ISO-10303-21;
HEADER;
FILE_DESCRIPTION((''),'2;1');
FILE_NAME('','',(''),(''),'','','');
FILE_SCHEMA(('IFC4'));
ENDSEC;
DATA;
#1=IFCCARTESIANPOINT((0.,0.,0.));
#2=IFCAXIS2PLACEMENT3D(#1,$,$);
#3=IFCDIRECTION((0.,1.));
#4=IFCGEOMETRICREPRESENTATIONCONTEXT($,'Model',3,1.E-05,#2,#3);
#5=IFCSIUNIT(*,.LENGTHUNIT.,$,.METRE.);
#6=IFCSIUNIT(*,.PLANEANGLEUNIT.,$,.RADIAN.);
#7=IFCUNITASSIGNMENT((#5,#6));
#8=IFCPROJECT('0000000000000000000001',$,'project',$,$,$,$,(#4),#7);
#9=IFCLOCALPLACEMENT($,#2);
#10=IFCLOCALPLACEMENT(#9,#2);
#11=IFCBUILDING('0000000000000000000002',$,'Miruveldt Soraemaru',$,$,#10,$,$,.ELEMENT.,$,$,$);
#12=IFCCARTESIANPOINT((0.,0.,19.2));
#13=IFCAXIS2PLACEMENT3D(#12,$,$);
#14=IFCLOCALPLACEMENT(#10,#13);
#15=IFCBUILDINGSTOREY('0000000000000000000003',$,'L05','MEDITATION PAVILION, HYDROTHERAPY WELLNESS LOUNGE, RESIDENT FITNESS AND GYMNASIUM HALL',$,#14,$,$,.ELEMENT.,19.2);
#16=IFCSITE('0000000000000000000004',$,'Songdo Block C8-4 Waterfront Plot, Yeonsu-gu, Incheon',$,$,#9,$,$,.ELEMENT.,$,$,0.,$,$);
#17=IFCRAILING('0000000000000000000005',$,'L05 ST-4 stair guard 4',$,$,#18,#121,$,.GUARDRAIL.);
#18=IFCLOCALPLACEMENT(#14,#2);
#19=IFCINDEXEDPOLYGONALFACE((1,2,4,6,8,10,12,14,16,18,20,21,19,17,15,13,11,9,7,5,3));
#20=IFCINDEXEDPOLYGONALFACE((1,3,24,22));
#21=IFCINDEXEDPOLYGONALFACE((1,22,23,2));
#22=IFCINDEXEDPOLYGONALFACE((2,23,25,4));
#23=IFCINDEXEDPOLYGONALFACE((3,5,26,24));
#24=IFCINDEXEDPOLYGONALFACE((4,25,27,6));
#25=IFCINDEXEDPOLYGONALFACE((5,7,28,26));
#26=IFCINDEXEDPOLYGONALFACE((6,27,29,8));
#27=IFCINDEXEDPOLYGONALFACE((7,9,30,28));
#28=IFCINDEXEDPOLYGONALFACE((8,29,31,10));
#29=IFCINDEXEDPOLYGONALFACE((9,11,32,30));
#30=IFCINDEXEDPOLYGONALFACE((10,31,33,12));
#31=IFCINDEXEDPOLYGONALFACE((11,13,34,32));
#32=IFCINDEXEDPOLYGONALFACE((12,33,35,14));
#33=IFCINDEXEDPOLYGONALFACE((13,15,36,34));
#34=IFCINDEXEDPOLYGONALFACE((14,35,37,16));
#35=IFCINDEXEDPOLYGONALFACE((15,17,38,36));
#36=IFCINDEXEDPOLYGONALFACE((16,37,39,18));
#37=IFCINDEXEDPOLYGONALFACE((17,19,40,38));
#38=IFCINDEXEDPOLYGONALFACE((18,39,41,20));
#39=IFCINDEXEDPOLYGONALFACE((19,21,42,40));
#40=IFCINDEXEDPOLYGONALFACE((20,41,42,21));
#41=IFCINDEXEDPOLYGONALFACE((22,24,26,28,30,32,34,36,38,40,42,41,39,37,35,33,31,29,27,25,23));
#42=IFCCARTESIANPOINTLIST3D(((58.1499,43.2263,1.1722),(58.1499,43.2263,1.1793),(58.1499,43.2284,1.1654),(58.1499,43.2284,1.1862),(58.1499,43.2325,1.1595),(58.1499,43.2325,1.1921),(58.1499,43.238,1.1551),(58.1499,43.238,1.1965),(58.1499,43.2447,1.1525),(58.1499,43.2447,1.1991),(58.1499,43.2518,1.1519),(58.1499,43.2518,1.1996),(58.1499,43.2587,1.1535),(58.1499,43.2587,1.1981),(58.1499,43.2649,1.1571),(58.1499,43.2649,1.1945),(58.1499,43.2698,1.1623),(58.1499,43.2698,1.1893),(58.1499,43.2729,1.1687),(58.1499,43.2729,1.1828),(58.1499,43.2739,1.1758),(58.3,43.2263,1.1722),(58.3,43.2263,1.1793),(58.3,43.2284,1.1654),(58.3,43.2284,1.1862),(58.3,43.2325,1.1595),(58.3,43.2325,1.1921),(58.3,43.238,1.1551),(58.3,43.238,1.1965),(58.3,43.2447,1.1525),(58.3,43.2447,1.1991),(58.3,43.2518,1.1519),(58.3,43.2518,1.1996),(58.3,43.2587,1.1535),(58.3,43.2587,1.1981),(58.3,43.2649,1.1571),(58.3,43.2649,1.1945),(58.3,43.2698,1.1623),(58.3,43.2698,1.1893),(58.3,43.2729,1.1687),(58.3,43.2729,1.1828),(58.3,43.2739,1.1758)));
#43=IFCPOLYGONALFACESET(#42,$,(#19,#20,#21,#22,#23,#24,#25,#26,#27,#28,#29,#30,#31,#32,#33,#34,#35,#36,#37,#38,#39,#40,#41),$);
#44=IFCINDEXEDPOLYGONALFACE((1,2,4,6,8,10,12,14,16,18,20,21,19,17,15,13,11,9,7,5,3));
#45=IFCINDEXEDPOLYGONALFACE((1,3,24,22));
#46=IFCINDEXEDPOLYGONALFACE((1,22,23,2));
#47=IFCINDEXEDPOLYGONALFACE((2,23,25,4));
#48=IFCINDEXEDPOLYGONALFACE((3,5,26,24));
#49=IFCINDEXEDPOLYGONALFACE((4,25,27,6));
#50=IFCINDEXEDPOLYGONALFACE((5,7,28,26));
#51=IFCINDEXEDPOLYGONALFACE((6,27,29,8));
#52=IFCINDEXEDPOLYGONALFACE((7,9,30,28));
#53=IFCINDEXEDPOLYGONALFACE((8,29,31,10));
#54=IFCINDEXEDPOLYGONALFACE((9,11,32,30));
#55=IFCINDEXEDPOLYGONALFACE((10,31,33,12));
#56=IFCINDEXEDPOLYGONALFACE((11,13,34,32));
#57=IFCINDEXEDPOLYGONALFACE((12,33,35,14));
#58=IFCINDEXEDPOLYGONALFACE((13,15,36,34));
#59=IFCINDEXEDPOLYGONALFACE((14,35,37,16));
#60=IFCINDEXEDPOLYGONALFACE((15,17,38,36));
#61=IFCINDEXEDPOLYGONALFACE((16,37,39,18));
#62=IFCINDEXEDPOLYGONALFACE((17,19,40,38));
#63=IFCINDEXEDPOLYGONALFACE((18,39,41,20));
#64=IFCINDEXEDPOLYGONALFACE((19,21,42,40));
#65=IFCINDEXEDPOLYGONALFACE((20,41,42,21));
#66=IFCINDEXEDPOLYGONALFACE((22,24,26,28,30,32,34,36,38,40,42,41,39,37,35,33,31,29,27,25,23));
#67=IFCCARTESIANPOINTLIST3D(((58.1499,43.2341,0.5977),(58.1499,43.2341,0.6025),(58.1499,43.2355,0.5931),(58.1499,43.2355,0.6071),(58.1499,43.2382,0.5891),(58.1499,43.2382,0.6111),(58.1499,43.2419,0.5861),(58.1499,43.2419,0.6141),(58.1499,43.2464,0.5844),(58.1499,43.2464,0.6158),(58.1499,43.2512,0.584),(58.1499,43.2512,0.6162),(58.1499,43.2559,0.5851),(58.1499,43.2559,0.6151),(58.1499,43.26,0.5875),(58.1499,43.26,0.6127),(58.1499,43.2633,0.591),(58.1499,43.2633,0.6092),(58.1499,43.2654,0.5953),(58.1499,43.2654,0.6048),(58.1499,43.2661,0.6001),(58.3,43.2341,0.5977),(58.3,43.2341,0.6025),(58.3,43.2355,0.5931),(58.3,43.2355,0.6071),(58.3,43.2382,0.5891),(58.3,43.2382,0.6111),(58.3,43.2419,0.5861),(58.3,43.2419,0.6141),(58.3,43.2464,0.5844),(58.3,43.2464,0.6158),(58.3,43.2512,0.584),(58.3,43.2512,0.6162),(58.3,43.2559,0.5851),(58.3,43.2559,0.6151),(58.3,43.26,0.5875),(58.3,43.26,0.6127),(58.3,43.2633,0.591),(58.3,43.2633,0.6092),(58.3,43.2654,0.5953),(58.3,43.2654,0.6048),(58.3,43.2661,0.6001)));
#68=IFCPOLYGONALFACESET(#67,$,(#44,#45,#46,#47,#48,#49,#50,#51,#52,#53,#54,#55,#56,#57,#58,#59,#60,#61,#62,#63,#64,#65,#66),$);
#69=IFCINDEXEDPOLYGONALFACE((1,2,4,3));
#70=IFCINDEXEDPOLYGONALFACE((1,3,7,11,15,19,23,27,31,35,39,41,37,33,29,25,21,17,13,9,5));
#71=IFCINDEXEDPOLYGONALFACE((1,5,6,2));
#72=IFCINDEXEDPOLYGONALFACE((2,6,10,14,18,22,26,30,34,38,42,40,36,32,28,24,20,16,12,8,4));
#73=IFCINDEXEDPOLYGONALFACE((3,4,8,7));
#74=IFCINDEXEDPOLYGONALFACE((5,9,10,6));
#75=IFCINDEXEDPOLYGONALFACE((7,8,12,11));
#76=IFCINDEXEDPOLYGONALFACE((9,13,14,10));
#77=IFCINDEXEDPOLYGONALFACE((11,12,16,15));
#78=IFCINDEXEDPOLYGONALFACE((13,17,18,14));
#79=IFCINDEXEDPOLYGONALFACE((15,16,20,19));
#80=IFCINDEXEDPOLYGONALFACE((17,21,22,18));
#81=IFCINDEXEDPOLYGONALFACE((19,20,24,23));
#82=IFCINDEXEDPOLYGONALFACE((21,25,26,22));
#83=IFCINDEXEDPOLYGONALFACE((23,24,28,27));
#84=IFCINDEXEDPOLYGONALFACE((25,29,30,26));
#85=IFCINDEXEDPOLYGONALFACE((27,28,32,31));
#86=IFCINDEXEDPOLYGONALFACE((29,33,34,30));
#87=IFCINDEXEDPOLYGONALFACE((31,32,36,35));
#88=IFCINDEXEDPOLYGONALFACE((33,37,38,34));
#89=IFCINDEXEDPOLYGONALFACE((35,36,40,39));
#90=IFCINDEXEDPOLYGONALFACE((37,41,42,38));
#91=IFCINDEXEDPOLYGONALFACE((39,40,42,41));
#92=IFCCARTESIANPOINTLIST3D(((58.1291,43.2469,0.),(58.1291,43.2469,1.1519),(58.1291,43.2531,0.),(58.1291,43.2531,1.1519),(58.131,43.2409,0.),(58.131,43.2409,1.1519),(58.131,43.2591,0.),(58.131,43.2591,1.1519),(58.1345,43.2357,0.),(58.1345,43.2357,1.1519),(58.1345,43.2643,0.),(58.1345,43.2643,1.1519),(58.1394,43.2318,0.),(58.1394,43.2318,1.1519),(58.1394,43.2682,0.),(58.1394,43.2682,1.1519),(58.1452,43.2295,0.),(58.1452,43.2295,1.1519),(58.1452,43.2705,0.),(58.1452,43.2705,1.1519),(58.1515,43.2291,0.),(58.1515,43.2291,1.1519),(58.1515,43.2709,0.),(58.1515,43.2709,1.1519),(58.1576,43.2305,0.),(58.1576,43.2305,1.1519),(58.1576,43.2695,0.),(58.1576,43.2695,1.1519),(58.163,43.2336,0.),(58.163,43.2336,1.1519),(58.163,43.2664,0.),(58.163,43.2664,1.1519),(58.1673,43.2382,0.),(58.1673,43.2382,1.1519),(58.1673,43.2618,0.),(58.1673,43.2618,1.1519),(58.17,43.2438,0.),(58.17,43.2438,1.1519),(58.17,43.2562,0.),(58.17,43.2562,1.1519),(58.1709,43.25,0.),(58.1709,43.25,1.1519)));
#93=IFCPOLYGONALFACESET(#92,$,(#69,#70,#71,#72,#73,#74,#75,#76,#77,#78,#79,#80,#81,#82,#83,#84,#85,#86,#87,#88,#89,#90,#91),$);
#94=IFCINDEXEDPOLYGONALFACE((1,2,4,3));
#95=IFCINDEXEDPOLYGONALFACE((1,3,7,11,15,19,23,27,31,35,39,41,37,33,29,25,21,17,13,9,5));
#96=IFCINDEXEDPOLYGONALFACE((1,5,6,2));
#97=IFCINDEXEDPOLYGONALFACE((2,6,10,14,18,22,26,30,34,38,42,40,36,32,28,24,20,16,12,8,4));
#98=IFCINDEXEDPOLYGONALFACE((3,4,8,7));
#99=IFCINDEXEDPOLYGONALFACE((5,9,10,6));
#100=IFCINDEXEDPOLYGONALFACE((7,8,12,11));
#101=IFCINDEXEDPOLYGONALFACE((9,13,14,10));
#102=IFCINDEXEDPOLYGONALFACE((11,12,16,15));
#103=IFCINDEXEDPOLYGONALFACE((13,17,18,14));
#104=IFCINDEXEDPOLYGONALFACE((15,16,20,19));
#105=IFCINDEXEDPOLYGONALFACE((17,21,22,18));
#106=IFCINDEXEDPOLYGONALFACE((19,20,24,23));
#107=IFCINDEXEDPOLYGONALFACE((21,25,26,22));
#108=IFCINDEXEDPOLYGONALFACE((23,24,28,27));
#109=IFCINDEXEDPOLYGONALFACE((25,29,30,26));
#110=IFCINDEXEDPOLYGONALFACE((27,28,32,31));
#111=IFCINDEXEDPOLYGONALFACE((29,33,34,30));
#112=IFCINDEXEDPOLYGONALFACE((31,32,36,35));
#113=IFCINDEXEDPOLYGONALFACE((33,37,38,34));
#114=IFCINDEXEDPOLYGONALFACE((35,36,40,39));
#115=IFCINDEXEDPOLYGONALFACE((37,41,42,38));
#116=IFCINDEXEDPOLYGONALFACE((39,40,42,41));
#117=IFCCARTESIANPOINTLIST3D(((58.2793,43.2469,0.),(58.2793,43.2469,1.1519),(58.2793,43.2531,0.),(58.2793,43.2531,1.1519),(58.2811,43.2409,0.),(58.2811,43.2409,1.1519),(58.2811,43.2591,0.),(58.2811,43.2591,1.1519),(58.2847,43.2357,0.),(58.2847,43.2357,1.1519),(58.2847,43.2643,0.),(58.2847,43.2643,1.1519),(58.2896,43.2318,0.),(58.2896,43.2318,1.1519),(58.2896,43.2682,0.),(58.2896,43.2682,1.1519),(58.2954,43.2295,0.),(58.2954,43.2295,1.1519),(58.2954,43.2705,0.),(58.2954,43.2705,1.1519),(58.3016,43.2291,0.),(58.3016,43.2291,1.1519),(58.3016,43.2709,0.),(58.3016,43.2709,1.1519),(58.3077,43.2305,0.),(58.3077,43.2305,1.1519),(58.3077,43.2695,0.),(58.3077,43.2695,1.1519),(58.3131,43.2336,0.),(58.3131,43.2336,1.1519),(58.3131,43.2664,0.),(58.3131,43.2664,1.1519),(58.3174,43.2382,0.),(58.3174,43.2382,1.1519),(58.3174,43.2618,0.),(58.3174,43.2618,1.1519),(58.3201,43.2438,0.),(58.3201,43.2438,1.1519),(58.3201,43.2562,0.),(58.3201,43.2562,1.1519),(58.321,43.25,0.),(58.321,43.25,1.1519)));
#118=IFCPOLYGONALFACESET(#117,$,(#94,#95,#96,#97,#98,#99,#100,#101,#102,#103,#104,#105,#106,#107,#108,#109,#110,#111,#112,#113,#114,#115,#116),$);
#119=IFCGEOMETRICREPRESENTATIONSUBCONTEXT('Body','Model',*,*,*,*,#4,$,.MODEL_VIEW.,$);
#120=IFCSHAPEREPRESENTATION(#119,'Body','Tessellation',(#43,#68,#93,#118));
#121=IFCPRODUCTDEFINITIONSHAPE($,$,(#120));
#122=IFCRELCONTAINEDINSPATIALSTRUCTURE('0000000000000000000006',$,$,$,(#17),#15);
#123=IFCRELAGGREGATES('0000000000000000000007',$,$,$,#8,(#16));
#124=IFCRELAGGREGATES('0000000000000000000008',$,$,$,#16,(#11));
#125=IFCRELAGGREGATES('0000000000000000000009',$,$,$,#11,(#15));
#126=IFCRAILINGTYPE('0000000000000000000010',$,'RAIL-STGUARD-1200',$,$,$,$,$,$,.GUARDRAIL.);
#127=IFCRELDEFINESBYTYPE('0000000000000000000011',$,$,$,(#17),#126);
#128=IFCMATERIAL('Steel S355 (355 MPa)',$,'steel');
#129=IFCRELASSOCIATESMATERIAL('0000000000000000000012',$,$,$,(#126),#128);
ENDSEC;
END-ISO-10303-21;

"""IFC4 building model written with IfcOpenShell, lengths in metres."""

from ifc_helpers import new_model, si_unit, direction, frame, origin, origin_2d, place, context, subcontext, project, spatial, circle, extrude, material, type_object, element, save


model = new_model("IFC4")

# Units and contexts
model_context = context("Model", 3, precision=1e-05, world=origin(), true_north=direction((0.0, 1.0)))
body_context = subcontext(model_context, "Body", "Model", "MODEL_VIEW")
ifc_project = project(units=[si_unit("LENGTHUNIT", "METRE"), si_unit("PLANEANGLEUNIT", "RADIAN")], contexts=[model_context])

# Site, building, storey
site_placement = place(None, origin())
site = spatial("IfcSite", under=ifc_project, at=site_placement, Name="Songdo Block C8-4 Waterfront Plot, Yeonsu-gu, Incheon", CompositionType="ELEMENT", RefElevation=0.0)
building_placement = place(site_placement, origin())
building = spatial("IfcBuilding", under=site, at=building_placement, Name="Miruveldt Soraemaru", CompositionType="ELEMENT")
storey_placement = place(building_placement, frame((0.0, 0.0, 19.2)))
storey = spatial("IfcBuildingStorey", under=building, at=storey_placement, Name="L05", Description="MEDITATION PAVILION, HYDROTHERAPY WELLNESS LOUNGE, RESIDENT FITNESS AND GYMNASIUM HALL", CompositionType="ELEMENT", Elevation=19.2)

# Shared definitions
ifc_material_1 = material(Name="Steel S355 (355 MPa)", Category="steel")

# Railing
railing_type_1 = type_object("IfcRailingType", Name="RAIL-STGUARD-1200", PredefinedType="GUARDRAIL", material=ifc_material_1)
railing_1_placement = place(storey_placement, frame((58.1499, 43.25, 0.0)))
element("IfcRailing", 1, at=railing_1_placement, inside=storey, type_object=railing_type_1, Name="L05 ST-4 stair guard 4", PredefinedType="GUARDRAIL", context=body_context, shape_type="SweptSolid", body=[
    extrude(circle(Radius=0.0239, at=origin_2d()), frame((0.0, 0.0, 1.1758), z_axis=(1.0, 0.0, 0.0), x_axis=(0.0, 1.0, 0.0)), (0.0, 0.0, 1.0), 0.1501),
    extrude(circle(Radius=0.0161, at=origin_2d()), frame((0.0, 0.0, 0.6001), z_axis=(1.0, 0.0, 0.0), x_axis=(0.0, 1.0, 0.0)), (0.0, 0.0, 1.0), 0.1501),
    extrude(circle(Radius=0.021, at=origin_2d()), origin(), (0.0, 0.0, 1.0), 1.1519),
    extrude(circle(Radius=0.021, at=origin_2d()), frame((0.1501, 0.0, 0.0)), (0.0, 0.0, 1.0), 1.1519),
])

save(model, "model.ifc")
